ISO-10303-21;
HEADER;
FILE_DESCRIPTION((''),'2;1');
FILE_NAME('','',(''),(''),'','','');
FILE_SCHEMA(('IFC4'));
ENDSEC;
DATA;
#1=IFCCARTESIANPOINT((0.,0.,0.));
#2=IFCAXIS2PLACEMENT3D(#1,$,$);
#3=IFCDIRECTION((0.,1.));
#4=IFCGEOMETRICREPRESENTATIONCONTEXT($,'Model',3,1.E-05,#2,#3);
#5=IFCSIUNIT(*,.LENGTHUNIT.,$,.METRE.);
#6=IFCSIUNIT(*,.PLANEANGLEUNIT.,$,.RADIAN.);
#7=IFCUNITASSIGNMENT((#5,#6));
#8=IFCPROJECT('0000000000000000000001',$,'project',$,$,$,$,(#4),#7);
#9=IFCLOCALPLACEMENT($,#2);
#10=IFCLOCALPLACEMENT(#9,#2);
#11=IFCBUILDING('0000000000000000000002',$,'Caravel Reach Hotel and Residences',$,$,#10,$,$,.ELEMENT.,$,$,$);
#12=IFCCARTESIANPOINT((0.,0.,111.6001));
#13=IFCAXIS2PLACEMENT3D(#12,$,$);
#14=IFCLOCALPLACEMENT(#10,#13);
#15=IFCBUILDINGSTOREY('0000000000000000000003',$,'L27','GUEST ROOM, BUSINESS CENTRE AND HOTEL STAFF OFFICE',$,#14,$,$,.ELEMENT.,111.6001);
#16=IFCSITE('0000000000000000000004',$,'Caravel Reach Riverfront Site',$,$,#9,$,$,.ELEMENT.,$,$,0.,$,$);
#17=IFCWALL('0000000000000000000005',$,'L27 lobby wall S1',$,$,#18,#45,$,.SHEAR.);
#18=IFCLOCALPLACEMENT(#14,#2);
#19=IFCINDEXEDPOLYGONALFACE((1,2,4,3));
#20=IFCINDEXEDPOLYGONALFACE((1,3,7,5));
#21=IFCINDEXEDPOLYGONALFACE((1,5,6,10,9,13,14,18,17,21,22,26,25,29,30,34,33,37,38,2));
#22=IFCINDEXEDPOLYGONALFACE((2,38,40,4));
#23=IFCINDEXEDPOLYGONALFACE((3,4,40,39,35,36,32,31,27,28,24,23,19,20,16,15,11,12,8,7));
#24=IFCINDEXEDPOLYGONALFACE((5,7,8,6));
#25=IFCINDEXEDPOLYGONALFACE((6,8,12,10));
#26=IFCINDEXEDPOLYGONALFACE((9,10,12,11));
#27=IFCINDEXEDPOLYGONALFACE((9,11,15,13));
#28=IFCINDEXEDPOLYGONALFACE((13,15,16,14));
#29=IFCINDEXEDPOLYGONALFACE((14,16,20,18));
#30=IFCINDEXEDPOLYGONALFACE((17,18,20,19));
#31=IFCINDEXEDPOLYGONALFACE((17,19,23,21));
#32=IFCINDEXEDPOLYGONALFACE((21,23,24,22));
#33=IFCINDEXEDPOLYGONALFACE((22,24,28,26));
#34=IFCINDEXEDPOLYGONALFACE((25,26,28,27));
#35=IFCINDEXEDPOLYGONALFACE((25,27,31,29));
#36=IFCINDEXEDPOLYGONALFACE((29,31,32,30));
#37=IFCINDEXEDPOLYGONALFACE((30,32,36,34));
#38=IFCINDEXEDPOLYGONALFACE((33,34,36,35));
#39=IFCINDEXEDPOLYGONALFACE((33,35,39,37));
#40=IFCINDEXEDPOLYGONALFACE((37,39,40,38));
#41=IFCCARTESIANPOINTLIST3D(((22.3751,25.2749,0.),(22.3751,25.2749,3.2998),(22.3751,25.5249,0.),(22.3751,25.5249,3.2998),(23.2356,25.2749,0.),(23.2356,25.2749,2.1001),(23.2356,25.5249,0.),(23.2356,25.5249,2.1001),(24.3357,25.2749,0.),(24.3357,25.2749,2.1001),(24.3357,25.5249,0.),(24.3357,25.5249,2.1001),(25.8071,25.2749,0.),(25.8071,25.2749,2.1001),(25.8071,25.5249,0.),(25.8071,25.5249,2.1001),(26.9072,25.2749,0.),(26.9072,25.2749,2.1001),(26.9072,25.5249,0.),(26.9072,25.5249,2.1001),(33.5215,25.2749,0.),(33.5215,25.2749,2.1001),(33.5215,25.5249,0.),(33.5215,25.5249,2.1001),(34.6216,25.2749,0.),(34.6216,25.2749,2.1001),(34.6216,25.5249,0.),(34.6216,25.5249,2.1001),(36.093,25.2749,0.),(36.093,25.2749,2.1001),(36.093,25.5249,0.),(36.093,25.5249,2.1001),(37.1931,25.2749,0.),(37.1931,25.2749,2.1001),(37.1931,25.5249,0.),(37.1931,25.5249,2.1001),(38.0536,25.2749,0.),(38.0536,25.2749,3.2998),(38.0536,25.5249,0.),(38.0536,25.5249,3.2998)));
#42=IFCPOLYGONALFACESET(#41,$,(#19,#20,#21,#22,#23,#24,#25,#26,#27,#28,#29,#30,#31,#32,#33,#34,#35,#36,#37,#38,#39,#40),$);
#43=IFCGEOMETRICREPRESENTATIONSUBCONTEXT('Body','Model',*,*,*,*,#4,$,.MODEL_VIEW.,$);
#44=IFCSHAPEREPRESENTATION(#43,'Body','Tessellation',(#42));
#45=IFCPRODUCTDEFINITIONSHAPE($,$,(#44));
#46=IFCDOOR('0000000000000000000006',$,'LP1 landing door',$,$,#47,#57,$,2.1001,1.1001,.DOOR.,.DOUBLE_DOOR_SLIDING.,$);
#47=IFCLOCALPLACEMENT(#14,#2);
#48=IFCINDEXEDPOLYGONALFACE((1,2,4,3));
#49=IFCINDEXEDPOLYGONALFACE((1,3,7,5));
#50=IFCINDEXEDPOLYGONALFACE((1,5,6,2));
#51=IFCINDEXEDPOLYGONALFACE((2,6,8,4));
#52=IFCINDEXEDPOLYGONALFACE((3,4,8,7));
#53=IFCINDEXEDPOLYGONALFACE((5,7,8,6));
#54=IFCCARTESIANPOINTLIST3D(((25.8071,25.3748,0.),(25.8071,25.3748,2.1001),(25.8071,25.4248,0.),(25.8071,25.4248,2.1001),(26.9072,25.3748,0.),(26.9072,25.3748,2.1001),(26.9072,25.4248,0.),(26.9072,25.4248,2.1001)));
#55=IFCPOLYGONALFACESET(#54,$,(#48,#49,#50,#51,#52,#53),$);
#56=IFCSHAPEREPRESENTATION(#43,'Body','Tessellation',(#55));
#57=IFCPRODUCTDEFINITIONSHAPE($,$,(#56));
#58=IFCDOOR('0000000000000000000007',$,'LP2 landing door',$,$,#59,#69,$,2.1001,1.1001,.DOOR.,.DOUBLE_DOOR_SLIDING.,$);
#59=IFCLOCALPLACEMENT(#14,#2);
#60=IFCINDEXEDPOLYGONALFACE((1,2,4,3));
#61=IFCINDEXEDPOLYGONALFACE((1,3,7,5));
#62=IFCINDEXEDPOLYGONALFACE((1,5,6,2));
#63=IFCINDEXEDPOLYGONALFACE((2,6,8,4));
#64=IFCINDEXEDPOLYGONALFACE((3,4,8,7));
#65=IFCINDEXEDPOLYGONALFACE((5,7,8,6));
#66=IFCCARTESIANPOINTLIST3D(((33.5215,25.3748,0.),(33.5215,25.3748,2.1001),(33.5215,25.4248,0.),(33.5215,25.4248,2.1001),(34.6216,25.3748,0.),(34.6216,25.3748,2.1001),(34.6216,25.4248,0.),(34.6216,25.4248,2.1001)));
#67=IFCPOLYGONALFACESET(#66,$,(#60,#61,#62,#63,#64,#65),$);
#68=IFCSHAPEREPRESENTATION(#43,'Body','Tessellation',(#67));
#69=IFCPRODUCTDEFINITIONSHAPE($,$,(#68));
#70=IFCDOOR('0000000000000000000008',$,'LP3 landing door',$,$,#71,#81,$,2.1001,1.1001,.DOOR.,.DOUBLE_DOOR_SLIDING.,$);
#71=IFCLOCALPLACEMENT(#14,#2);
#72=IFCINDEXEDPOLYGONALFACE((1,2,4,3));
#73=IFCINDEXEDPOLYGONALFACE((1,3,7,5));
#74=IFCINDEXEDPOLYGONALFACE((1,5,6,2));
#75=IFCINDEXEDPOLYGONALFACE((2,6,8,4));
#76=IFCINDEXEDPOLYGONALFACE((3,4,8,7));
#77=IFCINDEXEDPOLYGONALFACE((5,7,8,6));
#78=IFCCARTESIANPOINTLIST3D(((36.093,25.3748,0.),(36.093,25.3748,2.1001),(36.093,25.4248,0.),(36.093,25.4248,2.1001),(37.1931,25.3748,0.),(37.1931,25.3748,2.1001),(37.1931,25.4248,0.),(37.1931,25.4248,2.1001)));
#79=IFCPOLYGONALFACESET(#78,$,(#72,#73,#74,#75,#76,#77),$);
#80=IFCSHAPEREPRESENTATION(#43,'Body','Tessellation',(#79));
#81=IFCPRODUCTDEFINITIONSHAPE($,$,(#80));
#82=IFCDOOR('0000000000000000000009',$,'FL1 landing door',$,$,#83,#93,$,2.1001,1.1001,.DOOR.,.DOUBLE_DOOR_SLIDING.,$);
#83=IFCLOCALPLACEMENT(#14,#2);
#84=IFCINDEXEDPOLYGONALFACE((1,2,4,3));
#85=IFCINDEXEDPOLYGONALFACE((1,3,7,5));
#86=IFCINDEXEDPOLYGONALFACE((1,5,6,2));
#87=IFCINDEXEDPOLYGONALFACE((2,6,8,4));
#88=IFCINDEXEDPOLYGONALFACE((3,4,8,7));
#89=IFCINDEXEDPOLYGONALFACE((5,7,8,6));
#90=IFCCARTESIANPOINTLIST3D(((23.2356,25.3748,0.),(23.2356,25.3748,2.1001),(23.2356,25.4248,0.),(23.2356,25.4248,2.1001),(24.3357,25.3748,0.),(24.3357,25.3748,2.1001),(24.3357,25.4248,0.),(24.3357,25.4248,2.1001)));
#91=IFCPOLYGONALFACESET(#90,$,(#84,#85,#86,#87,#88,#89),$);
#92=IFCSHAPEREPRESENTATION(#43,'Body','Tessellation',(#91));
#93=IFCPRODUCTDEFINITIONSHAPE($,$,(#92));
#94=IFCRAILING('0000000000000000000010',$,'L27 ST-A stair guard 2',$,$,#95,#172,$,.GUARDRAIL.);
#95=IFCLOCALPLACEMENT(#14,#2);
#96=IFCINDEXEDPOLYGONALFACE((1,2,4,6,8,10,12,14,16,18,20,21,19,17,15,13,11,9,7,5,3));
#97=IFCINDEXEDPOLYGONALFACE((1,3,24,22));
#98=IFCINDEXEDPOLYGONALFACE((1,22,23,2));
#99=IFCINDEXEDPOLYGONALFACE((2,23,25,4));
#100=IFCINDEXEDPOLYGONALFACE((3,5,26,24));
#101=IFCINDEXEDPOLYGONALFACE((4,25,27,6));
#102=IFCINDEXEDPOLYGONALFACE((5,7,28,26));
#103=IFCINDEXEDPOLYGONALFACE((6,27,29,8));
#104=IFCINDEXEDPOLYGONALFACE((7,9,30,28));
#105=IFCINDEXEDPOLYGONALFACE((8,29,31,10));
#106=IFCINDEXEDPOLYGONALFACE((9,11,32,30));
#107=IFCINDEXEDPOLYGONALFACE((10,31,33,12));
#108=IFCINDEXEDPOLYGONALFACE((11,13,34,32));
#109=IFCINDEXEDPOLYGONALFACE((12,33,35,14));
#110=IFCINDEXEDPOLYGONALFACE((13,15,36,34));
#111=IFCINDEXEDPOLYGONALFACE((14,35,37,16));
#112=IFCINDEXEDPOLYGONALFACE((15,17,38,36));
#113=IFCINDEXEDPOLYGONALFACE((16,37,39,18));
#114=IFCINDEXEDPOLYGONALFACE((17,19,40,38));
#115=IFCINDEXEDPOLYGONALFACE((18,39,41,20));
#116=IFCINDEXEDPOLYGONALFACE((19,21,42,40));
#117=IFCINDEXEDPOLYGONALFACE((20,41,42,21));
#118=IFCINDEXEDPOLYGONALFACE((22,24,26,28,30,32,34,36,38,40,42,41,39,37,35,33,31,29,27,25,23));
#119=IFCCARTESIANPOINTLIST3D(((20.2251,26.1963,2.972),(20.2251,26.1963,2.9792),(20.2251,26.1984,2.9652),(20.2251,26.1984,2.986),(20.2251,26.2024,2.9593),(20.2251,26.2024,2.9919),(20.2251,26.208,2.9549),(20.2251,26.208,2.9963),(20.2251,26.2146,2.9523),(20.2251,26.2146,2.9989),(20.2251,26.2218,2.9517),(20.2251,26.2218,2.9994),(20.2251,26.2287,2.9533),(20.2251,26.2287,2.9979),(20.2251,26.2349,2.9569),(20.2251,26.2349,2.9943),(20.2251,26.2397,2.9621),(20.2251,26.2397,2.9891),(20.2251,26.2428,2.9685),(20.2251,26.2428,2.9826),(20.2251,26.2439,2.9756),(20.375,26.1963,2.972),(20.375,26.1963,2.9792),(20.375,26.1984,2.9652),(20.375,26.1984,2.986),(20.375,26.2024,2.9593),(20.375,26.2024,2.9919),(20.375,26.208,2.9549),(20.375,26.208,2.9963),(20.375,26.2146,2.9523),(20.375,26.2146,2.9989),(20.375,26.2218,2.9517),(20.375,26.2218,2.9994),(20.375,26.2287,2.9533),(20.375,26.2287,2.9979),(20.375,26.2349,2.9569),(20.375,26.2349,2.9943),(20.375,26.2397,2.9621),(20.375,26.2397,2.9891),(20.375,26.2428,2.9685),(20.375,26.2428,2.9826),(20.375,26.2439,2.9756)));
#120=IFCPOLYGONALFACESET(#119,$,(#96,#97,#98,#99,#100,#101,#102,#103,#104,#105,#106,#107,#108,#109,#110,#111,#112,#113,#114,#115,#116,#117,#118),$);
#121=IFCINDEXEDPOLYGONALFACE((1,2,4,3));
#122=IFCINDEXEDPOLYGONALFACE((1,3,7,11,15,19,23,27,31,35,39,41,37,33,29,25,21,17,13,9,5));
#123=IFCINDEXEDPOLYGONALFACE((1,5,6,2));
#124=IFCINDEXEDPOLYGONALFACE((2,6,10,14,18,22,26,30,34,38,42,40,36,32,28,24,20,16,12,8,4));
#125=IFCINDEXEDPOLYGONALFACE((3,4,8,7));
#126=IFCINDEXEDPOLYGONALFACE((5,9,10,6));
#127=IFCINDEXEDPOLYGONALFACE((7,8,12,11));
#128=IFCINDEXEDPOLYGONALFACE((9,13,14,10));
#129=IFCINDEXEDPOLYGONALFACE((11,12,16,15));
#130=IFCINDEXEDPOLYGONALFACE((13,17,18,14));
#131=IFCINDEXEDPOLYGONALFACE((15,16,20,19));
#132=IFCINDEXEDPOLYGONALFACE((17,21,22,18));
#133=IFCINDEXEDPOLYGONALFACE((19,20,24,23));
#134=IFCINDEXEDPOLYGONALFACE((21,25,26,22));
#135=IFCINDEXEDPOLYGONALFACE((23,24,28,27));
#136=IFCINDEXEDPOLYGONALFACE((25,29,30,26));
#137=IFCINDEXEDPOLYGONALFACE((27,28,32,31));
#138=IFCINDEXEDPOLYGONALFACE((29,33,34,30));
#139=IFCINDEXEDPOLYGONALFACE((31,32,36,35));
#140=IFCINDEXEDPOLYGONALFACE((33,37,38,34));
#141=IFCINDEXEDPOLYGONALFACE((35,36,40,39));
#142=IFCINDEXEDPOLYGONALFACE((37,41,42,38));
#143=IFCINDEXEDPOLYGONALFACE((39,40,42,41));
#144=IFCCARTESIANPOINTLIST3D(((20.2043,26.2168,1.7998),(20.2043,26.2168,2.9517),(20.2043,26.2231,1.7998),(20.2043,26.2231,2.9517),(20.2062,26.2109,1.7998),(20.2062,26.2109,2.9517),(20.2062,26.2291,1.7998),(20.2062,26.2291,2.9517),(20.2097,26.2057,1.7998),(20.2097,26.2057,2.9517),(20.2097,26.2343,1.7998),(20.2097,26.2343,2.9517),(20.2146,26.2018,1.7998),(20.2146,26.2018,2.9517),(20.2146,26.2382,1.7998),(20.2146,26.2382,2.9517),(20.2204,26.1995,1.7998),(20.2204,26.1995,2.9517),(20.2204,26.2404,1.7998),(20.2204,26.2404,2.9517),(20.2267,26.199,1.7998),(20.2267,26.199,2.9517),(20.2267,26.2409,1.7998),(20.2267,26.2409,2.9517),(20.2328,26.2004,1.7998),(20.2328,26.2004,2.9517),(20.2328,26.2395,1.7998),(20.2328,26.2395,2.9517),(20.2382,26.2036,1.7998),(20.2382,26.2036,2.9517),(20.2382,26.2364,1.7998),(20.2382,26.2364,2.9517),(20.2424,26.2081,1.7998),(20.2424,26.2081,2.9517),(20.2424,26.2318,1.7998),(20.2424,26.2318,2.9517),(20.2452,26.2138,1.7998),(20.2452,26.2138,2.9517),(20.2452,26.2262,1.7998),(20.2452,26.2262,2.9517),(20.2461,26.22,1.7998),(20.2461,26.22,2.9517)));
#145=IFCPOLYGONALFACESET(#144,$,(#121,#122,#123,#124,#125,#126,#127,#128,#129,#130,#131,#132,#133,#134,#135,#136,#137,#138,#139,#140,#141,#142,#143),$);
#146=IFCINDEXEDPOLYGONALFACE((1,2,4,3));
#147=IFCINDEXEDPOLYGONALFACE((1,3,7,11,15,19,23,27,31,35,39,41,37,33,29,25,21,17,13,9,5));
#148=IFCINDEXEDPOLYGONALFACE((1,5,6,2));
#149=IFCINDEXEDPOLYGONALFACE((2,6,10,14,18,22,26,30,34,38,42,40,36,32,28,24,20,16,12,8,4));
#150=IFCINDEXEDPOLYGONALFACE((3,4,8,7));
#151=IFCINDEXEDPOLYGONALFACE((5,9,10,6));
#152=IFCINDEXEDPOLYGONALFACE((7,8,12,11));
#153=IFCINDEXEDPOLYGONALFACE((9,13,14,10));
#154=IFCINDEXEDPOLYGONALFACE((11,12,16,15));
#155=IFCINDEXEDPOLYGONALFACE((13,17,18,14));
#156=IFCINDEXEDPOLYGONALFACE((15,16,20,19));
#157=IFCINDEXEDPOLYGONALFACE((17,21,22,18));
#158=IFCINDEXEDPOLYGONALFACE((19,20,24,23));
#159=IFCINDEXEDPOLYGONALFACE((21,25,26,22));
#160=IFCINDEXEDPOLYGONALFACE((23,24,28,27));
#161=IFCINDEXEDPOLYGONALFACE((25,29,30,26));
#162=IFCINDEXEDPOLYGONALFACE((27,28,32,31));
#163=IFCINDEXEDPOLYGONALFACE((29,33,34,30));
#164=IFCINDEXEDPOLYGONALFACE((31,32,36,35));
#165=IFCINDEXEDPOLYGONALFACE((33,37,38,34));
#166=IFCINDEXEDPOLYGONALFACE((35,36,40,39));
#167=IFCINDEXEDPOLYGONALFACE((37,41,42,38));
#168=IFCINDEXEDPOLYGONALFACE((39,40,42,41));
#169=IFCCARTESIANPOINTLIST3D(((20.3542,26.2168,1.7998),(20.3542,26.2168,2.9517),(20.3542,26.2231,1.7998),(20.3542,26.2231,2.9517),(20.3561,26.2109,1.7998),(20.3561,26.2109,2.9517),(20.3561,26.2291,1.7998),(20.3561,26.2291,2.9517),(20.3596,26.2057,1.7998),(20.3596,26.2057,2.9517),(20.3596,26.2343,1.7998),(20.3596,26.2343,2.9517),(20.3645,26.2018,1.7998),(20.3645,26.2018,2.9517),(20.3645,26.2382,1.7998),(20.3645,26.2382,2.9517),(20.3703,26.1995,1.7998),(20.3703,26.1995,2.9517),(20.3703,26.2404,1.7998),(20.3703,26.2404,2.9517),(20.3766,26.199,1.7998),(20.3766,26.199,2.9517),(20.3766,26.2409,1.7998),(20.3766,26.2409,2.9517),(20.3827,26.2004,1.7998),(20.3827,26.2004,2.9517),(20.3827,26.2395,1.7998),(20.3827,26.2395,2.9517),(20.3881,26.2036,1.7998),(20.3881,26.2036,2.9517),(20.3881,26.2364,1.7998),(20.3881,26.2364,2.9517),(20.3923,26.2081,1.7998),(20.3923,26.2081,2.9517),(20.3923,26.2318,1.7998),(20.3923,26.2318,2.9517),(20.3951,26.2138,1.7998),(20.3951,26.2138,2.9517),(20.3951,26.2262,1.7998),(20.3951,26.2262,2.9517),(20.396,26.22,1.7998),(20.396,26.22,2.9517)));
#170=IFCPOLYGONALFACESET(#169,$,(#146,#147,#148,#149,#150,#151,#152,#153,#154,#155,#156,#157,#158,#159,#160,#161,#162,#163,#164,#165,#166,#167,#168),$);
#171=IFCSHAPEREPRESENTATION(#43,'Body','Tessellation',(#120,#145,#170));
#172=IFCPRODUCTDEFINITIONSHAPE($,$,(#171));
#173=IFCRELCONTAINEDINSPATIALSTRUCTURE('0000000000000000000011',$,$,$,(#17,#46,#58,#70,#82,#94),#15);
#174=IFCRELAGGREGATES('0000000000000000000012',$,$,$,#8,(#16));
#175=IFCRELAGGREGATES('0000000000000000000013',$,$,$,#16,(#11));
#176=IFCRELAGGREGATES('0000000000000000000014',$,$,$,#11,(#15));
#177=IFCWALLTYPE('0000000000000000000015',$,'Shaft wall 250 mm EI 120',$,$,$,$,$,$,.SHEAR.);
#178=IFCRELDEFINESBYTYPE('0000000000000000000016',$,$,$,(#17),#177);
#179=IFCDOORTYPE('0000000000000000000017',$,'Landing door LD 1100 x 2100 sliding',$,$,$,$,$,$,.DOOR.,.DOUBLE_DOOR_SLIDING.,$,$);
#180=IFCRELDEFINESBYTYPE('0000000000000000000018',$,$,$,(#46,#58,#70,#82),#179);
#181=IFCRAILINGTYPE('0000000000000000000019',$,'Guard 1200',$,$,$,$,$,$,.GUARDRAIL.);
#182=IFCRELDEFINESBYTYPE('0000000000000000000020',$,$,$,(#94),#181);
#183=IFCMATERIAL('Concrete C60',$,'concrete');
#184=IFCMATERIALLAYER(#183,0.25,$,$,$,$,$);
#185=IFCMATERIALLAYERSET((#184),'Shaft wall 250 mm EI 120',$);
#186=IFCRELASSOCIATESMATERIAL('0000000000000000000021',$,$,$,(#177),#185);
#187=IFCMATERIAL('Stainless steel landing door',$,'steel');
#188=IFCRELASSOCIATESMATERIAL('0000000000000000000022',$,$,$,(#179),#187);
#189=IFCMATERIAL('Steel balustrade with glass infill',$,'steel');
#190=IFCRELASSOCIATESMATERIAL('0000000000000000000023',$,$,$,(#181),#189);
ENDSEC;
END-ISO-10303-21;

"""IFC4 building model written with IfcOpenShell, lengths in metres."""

from ifc_helpers import new_model, si_unit, direction, frame, frame_2d, origin, origin_2d, place, context, subcontext, project, spatial, rectangle, circle, extrude, material, layer, layer_set, type_object, element, fill, save


model = new_model("IFC4")

# Units and contexts
model_context = context("Model", 3, precision=1e-05, world=origin(), true_north=direction((0.0, 1.0)))
body_context = subcontext(model_context, "Body", "Model", "MODEL_VIEW")
ifc_project = project(units=[si_unit("LENGTHUNIT", "METRE"), si_unit("PLANEANGLEUNIT", "RADIAN")], contexts=[model_context])

# Site, building, storey
site_placement = place(None, origin())
site = spatial("IfcSite", under=ifc_project, at=site_placement, Name="Caravel Reach Riverfront Site", CompositionType="ELEMENT", RefElevation=0.0)
building_placement = place(site_placement, origin())
building = spatial("IfcBuilding", under=site, at=building_placement, Name="Caravel Reach Hotel and Residences", CompositionType="ELEMENT")
storey_placement = place(building_placement, frame((0.0, 0.0, 111.6001)))
storey = spatial("IfcBuildingStorey", under=building, at=storey_placement, Name="L27", Description="GUEST ROOM, BUSINESS CENTRE AND HOTEL STAFF OFFICE", CompositionType="ELEMENT", Elevation=111.6001)

# Wall, openings, doors
ifc_material_1 = material(Name="Concrete C60", Category="concrete")
ifc_layer_1 = layer(ifc_material_1, 0.25)
ifc_layer_set_1 = layer_set([ifc_layer_1], Name="Shaft wall 250 mm EI 120")
wall_type_1 = type_object("IfcWallType", Name="Shaft wall 250 mm EI 120", PredefinedType="SHEAR", material=ifc_layer_set_1)
wall_1_placement = place(storey_placement, frame((22.375, 25.3999, 0.0), z_axis=(0.0, 0.0, 1.0), x_axis=(1.0, 0.0, 0.0)))
wall_1 = element("IfcWall", 1, at=wall_1_placement, inside=storey, type_object=wall_type_1, Name="L27 lobby wall S1", PredefinedType="SHEAR", context=body_context, shape_type="SweptSolid", body=[
    extrude(rectangle(XDim=15.6785, YDim=0.25, at=frame_2d((7.8394, 0.0))), origin(), (0.0, 0.0, 1.0), 3.2998),
])
opening_1_placement = place(wall_1_placement, frame((3.4321, 0.0, 0.0)))
opening_1 = element("IfcOpeningElement", 2, at=opening_1_placement, cuts=wall_1, PredefinedType="OPENING", context=body_context, shape_type="SweptSolid", body=[
    extrude(rectangle(XDim=1.1001, YDim=2.1001, at=frame_2d((0.55, 1.05))), frame((0.0, 0.135, 0.0), z_axis=(0.0, -1.0, 0.0), x_axis=(1.0, 0.0, 0.0)), (0.0, 0.0, 1.0), 0.27),
])
opening_2_placement = place(wall_1_placement, frame((11.1465, 0.0, 0.0)))
opening_2 = element("IfcOpeningElement", 3, at=opening_2_placement, cuts=wall_1, PredefinedType="OPENING", context=body_context, shape_type="SweptSolid", body=[
    extrude(rectangle(XDim=1.1001, YDim=2.1001, at=frame_2d((0.55, 1.05))), frame((0.0, 0.135, 0.0), z_axis=(0.0, -1.0, 0.0), x_axis=(1.0, 0.0, 0.0)), (0.0, 0.0, 1.0), 0.27),
])
opening_3_placement = place(wall_1_placement, frame((13.718, 0.0, 0.0)))
opening_3 = element("IfcOpeningElement", 4, at=opening_3_placement, cuts=wall_1, PredefinedType="OPENING", context=body_context, shape_type="SweptSolid", body=[
    extrude(rectangle(XDim=1.1001, YDim=2.1001, at=frame_2d((0.55, 1.05))), frame((0.0, 0.135, 0.0), z_axis=(0.0, -1.0, 0.0), x_axis=(1.0, 0.0, 0.0)), (0.0, 0.0, 1.0), 0.27),
])
opening_4_placement = place(wall_1_placement, frame((0.8606, 0.0, 0.0)))
opening_4 = element("IfcOpeningElement", 5, at=opening_4_placement, cuts=wall_1, PredefinedType="OPENING", context=body_context, shape_type="SweptSolid", body=[
    extrude(rectangle(XDim=1.1001, YDim=2.1001, at=frame_2d((0.55, 1.05))), frame((0.0, 0.135, 0.0), z_axis=(0.0, -1.0, 0.0), x_axis=(1.0, 0.0, 0.0)), (0.0, 0.0, 1.0), 0.27),
])
ifc_material_2 = material(Name="Stainless steel landing door", Category="steel")
door_type_1 = type_object("IfcDoorType", Name="Landing door LD 1100 x 2100 sliding", OperationType="DOUBLE_DOOR_SLIDING", PredefinedType="DOOR", material=ifc_material_2)
door_1_placement = place(opening_1_placement, origin())
door_1 = element("IfcDoor", 6, at=door_1_placement, inside=storey, type_object=door_type_1, Name="LP1 landing door", OperationType="DOUBLE_DOOR_SLIDING", OverallHeight=2.1001, OverallWidth=1.1001, PredefinedType="DOOR", context=body_context, shape_type="SweptSolid", body=[
    extrude(rectangle(XDim=1.1001, YDim=2.1001, at=frame_2d((0.55, 1.05))), frame((0.0, 0.0249, 0.0), z_axis=(0.0, -1.0, 0.0), x_axis=(1.0, 0.0, 0.0)), (0.0, 0.0, 1.0), 0.05),
])
fill(opening_1, door_1)
door_2_placement = place(opening_2_placement, origin())
door_2 = element("IfcDoor", 7, at=door_2_placement, inside=storey, type_object=door_type_1, Name="LP2 landing door", OperationType="DOUBLE_DOOR_SLIDING", OverallHeight=2.1001, OverallWidth=1.1001, PredefinedType="DOOR", context=body_context, shape_type="SweptSolid", body=[
    extrude(rectangle(XDim=1.1001, YDim=2.1001, at=frame_2d((0.55, 1.05))), frame((0.0, 0.0249, 0.0), z_axis=(0.0, -1.0, 0.0), x_axis=(1.0, 0.0, 0.0)), (0.0, 0.0, 1.0), 0.05),
])
fill(opening_2, door_2)
door_3_placement = place(opening_3_placement, origin())
door_3 = element("IfcDoor", 8, at=door_3_placement, inside=storey, type_object=door_type_1, Name="LP3 landing door", OperationType="DOUBLE_DOOR_SLIDING", OverallHeight=2.1001, OverallWidth=1.1001, PredefinedType="DOOR", context=body_context, shape_type="SweptSolid", body=[
    extrude(rectangle(XDim=1.1001, YDim=2.1001, at=frame_2d((0.55, 1.05))), frame((0.0, 0.0249, 0.0), z_axis=(0.0, -1.0, 0.0), x_axis=(1.0, 0.0, 0.0)), (0.0, 0.0, 1.0), 0.05),
])
fill(opening_3, door_3)
door_4_placement = place(opening_4_placement, origin())
door_4 = element("IfcDoor", 9, at=door_4_placement, inside=storey, type_object=door_type_1, Name="FL1 landing door", OperationType="DOUBLE_DOOR_SLIDING", OverallHeight=2.1001, OverallWidth=1.1001, PredefinedType="DOOR", context=body_context, shape_type="SweptSolid", body=[
    extrude(rectangle(XDim=1.1001, YDim=2.1001, at=frame_2d((0.55, 1.05))), frame((0.0, 0.0249, 0.0), z_axis=(0.0, -1.0, 0.0), x_axis=(1.0, 0.0, 0.0)), (0.0, 0.0, 1.0), 0.05),
])
fill(opening_4, door_4)

# Railing
ifc_material_3 = material(Name="Steel balustrade with glass infill", Category="steel")
railing_type = type_object("IfcRailingType", Name="Guard 1200", PredefinedType="GUARDRAIL", material=ifc_material_3)
railing_placement = place(storey_placement, frame((20.2251, 26.22, 1.7998)))
element("IfcRailing", 10, at=railing_placement, inside=storey, type_object=railing_type, Name="L27 ST-A stair guard 2", PredefinedType="GUARDRAIL", context=body_context, shape_type="SweptSolid", body=[
    extrude(circle(Radius=0.0239, at=origin_2d()), frame((0.0, 0.0, 1.1758), z_axis=(1.0, 0.0, 0.0), x_axis=(0.0, 1.0, 0.0)), (0.0, 0.0, 1.0), 0.1499),
    extrude(circle(Radius=0.021, at=origin_2d()), origin(), (0.0, 0.0, 1.0), 1.1519),
    extrude(circle(Radius=0.021, at=origin_2d()), frame((0.1499, 0.0, 0.0)), (0.0, 0.0, 1.0), 1.1519),
])

save(model, "model.ifc")
